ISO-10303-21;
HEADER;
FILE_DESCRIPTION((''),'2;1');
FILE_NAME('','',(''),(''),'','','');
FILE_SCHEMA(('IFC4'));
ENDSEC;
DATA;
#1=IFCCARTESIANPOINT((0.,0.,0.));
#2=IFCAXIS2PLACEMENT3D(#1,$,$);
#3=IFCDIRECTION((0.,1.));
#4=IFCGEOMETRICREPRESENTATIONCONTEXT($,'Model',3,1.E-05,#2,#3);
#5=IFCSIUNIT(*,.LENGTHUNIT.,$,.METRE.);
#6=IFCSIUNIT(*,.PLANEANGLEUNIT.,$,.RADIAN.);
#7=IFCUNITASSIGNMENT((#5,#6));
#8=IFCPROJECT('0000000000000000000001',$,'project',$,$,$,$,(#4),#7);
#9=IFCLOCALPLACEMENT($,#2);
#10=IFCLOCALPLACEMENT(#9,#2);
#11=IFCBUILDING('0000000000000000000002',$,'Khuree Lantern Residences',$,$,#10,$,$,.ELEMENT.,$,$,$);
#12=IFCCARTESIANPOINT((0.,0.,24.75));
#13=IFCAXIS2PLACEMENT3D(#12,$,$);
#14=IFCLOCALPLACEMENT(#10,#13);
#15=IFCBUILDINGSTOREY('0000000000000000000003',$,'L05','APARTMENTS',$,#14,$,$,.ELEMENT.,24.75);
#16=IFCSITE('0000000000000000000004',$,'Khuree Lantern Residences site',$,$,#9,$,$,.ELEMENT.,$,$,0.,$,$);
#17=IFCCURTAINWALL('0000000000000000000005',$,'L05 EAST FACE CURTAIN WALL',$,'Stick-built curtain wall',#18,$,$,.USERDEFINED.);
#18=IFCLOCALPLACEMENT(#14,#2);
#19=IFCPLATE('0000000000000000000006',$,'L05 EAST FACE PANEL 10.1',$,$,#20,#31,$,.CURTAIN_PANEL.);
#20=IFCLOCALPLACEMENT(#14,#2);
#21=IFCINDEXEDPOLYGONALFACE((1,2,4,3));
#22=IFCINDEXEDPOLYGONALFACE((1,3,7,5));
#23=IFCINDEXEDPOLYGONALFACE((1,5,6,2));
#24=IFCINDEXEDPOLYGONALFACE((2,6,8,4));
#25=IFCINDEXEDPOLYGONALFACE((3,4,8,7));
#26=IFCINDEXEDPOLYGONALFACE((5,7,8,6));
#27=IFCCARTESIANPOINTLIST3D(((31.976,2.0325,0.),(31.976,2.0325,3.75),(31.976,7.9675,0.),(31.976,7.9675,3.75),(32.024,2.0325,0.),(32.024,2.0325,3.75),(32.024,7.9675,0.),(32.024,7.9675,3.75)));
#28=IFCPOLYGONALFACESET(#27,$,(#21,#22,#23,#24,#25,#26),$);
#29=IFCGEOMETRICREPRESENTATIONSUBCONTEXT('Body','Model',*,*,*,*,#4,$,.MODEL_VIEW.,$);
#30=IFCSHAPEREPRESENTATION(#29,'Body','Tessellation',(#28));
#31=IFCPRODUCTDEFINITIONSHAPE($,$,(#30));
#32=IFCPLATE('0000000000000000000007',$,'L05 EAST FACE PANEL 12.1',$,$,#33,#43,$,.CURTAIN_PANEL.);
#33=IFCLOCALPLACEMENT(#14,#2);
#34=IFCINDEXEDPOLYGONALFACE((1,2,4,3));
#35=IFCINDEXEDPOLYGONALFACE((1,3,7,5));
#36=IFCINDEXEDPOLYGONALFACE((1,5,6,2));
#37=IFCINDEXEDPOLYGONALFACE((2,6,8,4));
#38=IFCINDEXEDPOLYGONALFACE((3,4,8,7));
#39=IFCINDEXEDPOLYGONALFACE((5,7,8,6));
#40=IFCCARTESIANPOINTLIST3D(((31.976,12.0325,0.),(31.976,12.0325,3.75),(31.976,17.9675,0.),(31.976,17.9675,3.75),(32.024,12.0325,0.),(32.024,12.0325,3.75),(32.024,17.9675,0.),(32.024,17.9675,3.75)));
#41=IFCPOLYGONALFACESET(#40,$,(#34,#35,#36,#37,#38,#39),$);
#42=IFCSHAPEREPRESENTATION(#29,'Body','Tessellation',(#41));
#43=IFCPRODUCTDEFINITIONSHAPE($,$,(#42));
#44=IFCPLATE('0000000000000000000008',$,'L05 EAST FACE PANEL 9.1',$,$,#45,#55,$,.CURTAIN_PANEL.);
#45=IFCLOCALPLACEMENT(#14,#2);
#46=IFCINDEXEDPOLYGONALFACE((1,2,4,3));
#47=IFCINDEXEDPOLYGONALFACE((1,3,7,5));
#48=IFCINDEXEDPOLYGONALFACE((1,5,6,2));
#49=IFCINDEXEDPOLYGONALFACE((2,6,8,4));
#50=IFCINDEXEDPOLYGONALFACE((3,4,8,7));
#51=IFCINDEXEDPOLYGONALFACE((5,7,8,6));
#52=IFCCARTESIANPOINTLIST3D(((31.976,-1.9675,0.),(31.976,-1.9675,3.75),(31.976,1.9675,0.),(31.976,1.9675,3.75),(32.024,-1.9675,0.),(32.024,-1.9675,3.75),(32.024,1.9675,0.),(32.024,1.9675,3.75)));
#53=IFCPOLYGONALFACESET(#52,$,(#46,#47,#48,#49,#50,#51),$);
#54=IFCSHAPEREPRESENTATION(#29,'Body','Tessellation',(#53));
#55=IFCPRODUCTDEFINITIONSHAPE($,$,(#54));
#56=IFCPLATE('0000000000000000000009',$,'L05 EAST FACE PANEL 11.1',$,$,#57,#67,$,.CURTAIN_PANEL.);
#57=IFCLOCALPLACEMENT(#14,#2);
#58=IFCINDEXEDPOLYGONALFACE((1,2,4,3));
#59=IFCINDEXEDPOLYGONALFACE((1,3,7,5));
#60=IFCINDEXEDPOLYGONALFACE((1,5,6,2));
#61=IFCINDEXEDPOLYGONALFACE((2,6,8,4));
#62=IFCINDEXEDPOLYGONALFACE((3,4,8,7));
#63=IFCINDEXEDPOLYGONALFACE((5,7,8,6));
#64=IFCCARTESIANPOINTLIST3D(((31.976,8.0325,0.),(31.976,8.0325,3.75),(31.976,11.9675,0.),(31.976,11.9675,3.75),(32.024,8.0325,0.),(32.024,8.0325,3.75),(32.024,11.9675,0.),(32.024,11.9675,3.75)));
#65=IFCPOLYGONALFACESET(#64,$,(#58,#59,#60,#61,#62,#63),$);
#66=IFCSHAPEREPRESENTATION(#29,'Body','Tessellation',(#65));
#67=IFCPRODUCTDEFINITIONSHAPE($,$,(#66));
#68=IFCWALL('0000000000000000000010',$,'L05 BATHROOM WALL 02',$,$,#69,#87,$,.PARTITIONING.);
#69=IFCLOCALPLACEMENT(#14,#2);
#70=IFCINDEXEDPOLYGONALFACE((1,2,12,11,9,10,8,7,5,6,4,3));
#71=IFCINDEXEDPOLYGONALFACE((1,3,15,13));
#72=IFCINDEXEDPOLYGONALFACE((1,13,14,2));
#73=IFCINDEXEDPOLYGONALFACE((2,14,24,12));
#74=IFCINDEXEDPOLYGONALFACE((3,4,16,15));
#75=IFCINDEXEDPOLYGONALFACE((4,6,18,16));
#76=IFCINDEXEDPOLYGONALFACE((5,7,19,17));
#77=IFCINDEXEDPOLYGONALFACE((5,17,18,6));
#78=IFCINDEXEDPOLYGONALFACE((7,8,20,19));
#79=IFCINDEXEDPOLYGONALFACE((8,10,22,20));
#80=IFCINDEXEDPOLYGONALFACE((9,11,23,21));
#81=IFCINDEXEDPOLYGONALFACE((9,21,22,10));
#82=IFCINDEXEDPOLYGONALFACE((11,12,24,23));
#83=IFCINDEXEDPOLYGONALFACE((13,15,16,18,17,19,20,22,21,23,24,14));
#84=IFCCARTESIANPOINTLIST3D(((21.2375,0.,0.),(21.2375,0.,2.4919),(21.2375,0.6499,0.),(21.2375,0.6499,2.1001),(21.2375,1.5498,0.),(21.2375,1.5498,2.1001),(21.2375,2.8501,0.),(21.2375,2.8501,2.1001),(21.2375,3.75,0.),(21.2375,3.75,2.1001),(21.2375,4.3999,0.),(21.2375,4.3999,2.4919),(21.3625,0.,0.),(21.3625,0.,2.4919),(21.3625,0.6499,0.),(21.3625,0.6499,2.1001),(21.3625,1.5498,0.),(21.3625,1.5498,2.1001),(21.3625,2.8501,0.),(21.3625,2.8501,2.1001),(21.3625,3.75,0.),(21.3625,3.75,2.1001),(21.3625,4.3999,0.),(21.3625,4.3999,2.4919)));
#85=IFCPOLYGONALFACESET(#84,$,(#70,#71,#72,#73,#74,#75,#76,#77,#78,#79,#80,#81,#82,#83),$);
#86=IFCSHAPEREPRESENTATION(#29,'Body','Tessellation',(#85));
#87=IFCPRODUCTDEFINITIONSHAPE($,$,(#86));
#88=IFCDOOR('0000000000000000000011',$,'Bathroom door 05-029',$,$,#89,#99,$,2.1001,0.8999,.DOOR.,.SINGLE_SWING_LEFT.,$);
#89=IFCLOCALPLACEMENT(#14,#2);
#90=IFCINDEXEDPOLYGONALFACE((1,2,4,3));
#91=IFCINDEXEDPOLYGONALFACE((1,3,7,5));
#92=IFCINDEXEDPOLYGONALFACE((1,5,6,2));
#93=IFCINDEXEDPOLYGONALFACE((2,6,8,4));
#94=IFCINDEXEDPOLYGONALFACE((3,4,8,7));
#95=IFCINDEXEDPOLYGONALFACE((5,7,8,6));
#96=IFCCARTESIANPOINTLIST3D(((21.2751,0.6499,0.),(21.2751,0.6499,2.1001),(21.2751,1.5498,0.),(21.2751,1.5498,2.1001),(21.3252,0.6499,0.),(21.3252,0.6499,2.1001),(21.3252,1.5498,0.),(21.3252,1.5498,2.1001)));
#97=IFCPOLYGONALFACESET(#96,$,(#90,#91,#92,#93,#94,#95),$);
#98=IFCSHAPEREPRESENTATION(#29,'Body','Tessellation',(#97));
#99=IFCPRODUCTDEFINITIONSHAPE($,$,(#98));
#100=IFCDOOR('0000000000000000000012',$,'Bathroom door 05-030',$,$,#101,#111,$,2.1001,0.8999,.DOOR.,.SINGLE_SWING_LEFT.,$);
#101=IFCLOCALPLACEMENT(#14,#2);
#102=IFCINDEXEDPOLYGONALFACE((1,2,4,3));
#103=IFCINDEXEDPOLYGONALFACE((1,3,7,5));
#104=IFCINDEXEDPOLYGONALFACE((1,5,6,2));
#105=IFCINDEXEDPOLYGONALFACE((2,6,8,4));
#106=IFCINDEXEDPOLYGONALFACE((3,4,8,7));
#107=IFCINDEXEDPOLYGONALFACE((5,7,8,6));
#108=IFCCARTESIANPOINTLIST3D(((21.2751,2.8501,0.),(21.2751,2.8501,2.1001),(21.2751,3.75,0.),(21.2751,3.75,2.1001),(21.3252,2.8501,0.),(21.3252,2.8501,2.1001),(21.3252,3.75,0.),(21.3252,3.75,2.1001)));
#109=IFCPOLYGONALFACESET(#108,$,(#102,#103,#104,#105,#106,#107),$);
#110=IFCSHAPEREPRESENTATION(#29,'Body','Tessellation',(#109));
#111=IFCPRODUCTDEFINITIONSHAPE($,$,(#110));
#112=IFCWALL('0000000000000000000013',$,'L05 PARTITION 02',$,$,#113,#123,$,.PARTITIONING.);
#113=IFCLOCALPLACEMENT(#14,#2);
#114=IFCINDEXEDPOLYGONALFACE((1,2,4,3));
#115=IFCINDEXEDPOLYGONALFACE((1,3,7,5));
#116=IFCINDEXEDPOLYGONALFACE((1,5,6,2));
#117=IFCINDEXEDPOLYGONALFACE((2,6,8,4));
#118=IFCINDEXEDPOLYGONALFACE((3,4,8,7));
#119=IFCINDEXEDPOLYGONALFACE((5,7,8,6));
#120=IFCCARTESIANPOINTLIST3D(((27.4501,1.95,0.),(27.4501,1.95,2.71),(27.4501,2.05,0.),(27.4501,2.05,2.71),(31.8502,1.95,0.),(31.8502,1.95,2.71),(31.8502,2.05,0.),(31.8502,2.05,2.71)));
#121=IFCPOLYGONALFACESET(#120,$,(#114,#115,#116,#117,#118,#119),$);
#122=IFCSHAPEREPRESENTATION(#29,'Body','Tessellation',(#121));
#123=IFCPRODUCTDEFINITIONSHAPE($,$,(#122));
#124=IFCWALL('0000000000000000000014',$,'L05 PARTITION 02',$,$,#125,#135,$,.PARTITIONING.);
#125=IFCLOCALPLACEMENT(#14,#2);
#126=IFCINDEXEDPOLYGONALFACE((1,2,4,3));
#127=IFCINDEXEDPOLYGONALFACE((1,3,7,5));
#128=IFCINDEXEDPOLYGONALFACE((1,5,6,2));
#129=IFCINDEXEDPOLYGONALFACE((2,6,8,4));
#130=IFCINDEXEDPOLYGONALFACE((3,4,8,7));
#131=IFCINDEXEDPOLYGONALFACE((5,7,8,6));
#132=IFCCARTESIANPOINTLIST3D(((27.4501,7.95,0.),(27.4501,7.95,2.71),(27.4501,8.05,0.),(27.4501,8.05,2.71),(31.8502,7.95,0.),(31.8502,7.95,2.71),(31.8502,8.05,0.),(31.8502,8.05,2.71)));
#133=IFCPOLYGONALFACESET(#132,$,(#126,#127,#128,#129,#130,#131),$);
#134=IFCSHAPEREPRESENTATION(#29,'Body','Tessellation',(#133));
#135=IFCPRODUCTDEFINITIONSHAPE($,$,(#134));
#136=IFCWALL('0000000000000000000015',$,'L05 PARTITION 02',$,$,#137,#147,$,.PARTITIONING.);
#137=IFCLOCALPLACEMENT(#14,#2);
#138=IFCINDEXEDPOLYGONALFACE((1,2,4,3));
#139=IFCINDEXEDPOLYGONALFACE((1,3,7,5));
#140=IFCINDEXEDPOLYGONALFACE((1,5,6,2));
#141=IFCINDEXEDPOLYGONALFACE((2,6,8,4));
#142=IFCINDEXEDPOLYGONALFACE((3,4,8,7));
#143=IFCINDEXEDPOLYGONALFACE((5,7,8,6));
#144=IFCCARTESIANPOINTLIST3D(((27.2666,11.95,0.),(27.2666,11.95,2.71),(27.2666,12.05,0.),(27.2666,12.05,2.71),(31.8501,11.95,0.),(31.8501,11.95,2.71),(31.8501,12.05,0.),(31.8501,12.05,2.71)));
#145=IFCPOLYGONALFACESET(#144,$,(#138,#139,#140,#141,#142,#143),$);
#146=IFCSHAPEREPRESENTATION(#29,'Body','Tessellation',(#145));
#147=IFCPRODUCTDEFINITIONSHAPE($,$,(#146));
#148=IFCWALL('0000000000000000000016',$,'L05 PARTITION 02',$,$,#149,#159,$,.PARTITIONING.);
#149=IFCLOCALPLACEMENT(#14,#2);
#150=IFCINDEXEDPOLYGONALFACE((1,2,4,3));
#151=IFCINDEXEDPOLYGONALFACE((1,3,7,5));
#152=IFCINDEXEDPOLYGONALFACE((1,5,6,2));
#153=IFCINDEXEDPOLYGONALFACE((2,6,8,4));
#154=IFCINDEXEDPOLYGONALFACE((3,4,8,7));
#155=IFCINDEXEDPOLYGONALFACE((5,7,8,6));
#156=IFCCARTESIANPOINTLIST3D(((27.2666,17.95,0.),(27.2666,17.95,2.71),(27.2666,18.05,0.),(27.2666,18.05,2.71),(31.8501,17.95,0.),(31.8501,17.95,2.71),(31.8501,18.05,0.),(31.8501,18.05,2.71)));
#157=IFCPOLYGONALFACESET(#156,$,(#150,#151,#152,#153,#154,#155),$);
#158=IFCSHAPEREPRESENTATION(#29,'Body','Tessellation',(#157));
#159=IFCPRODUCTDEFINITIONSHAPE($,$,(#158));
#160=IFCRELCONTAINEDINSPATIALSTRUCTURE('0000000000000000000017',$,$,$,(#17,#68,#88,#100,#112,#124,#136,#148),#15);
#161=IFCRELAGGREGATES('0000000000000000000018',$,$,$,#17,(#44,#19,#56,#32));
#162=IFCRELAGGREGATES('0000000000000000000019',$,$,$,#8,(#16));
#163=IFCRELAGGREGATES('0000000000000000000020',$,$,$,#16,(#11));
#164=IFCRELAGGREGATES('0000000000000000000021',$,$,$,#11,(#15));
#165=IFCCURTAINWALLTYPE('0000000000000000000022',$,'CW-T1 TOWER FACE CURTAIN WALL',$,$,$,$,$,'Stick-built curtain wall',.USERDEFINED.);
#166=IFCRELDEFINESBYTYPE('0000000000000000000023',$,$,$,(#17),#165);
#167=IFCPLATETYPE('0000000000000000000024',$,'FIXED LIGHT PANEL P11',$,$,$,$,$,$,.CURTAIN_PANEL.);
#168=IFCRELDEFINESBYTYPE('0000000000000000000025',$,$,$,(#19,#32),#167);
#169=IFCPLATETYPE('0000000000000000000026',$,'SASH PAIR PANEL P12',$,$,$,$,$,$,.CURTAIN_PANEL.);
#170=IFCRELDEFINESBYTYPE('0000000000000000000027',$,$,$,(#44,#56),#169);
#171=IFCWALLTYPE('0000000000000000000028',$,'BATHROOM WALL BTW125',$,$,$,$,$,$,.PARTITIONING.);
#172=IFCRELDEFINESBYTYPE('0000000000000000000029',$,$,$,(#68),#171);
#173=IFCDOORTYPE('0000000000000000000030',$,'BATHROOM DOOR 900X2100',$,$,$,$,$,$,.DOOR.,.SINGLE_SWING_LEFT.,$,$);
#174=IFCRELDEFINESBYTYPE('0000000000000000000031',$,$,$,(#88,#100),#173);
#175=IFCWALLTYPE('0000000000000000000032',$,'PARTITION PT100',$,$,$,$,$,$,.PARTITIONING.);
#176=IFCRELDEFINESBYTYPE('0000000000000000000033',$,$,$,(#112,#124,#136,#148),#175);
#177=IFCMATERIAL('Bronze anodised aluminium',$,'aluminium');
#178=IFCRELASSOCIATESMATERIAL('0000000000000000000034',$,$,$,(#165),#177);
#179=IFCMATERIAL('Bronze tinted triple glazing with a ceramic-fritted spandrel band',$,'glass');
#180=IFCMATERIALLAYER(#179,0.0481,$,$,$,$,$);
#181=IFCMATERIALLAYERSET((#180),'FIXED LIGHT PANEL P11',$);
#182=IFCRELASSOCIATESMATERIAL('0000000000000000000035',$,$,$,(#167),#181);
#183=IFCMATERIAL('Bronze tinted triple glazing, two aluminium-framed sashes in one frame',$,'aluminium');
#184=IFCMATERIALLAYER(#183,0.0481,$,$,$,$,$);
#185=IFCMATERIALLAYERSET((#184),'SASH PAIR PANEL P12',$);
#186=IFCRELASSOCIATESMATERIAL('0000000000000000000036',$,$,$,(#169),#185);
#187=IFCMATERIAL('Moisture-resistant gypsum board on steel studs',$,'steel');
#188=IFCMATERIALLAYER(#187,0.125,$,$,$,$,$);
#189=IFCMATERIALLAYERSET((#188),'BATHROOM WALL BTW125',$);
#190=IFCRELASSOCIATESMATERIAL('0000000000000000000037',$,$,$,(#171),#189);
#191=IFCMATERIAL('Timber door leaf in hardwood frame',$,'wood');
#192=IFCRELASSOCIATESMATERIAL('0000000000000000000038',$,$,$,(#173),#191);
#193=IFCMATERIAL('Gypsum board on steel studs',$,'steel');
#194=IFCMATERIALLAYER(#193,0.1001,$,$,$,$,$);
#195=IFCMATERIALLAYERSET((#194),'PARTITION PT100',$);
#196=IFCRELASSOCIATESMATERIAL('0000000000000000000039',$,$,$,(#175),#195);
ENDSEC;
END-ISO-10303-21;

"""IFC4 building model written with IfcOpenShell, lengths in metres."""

from ifc_helpers import new_model, si_unit, direction, frame, frame_2d, origin, origin_2d, place, context, subcontext, project, spatial, rectangle, extrude, material, layer, layer_set, type_object, element, fill, aggregate, save


model = new_model("IFC4")

# Units and contexts
model_context = context("Model", 3, precision=1e-05, world=origin(), true_north=direction((0.0, 1.0)))
body_context = subcontext(model_context, "Body", "Model", "MODEL_VIEW")
ifc_project = project(units=[si_unit("LENGTHUNIT", "METRE"), si_unit("PLANEANGLEUNIT", "RADIAN")], contexts=[model_context])

# Site, building, storey
site_placement = place(None, origin())
site = spatial("IfcSite", under=ifc_project, at=site_placement, Name="Khuree Lantern Residences site", CompositionType="ELEMENT", RefElevation=0.0)
building_placement = place(site_placement, origin())
building = spatial("IfcBuilding", under=site, at=building_placement, Name="Khuree Lantern Residences", CompositionType="ELEMENT")
storey_placement = place(building_placement, frame((0.0, 0.0, 24.75)))
storey = spatial("IfcBuildingStorey", under=building, at=storey_placement, Name="L05", Description="APARTMENTS", CompositionType="ELEMENT", Elevation=24.75)

# Curtain wall
ifc_material_1 = material(Name="Bronze anodised aluminium", Category="aluminium")
curtain_wall_type = type_object("IfcCurtainWallType", Name="CW-T1 TOWER FACE CURTAIN WALL", ElementType="Stick-built curtain wall", PredefinedType="USERDEFINED", material=ifc_material_1)
curtain_wall_placement = place(storey_placement, origin())
curtain_wall = element("IfcCurtainWall", 1, at=curtain_wall_placement, inside=storey, type_object=curtain_wall_type, Name="L05 EAST FACE CURTAIN WALL", ObjectType="Stick-built curtain wall", PredefinedType="USERDEFINED")

# Plates
ifc_material_2 = material(Name="Bronze tinted triple glazing with a ceramic-fritted spandrel band", Category="glass")
ifc_layer_1 = layer(ifc_material_2, 0.0481)
ifc_layer_set_1 = layer_set([ifc_layer_1], Name="FIXED LIGHT PANEL P11")
plate_type_1 = type_object("IfcPlateType", Name="FIXED LIGHT PANEL P11", PredefinedType="CURTAIN_PANEL", material=ifc_layer_set_1)
plate_1_placement = place(storey_placement, frame((32.0, 5.0, 0.0), z_axis=(0.0, 0.0, 1.0), x_axis=(0.0, 1.0, 0.0)))
plate_1 = element("IfcPlate", 2, at=plate_1_placement, type_object=plate_type_1, Name="L05 EAST FACE PANEL 10.1", PredefinedType="CURTAIN_PANEL", context=body_context, shape_type="SweptSolid", body=[
    extrude(rectangle(XDim=5.9351, YDim=0.0481, at=origin_2d()), origin(), (0.0, 0.0, 1.0), 3.75),
])
plate_2_placement = place(storey_placement, frame((32.0, 15.0, 0.0), z_axis=(0.0, 0.0, 1.0), x_axis=(0.0, 1.0, 0.0)))
plate_2 = element("IfcPlate", 3, at=plate_2_placement, type_object=plate_type_1, Name="L05 EAST FACE PANEL 12.1", PredefinedType="CURTAIN_PANEL", context=body_context, shape_type="SweptSolid", body=[
    extrude(rectangle(XDim=5.9351, YDim=0.0481, at=origin_2d()), origin(), (0.0, 0.0, 1.0), 3.75),
])
ifc_material_3 = material(Name="Bronze tinted triple glazing, two aluminium-framed sashes in one frame", Category="aluminium")
ifc_layer_2 = layer(ifc_material_3, 0.0481)
ifc_layer_set_2 = layer_set([ifc_layer_2], Name="SASH PAIR PANEL P12")
plate_type_2 = type_object("IfcPlateType", Name="SASH PAIR PANEL P12", PredefinedType="CURTAIN_PANEL", material=ifc_layer_set_2)
plate_3_placement = place(storey_placement, frame((32.0, 0.0, 0.0), z_axis=(0.0, 0.0, 1.0), x_axis=(0.0, 1.0, 0.0)))
plate_3 = element("IfcPlate", 4, at=plate_3_placement, type_object=plate_type_2, Name="L05 EAST FACE PANEL 9.1", PredefinedType="CURTAIN_PANEL", context=body_context, shape_type="SweptSolid", body=[
    extrude(rectangle(XDim=3.9351, YDim=0.0481, at=origin_2d()), origin(), (0.0, 0.0, 1.0), 3.75),
])
plate_4_placement = place(storey_placement, frame((32.0, 10.0, 0.0), z_axis=(0.0, 0.0, 1.0), x_axis=(0.0, 1.0, 0.0)))
plate_4 = element("IfcPlate", 5, at=plate_4_placement, type_object=plate_type_2, Name="L05 EAST FACE PANEL 11.1", PredefinedType="CURTAIN_PANEL", context=body_context, shape_type="SweptSolid", body=[
    extrude(rectangle(XDim=3.9351, YDim=0.0481, at=origin_2d()), origin(), (0.0, 0.0, 1.0), 3.75),
])
aggregate(curtain_wall, [plate_3, plate_1, plate_4, plate_2])

# Wall, openings, doors
ifc_material_4 = material(Name="Moisture-resistant gypsum board on steel studs", Category="steel")
ifc_layer_3 = layer(ifc_material_4, 0.125)
ifc_layer_set_3 = layer_set([ifc_layer_3], Name="BATHROOM WALL BTW125")
wall_type_1 = type_object("IfcWallType", Name="BATHROOM WALL BTW125", PredefinedType="PARTITIONING", material=ifc_layer_set_3)
wall_1_placement = place(storey_placement, frame((21.3, 0.0, 0.0), z_axis=(0.0, 0.0, 1.0), x_axis=(0.0, 1.0, 0.0)))
wall_1 = element("IfcWall", 6, at=wall_1_placement, inside=storey, type_object=wall_type_1, Name="L05 BATHROOM WALL 02", PredefinedType="PARTITIONING", context=body_context, shape_type="SweptSolid", body=[
    extrude(rectangle(XDim=4.3999, YDim=0.125, at=frame_2d((2.2, 0.0))), origin(), (0.0, 0.0, 1.0), 2.4919),
])
opening_1_placement = place(wall_1_placement, frame((0.6499, 0.0, 0.0)))
opening_1 = element("IfcOpeningElement", 7, at=opening_1_placement, cuts=wall_1, PredefinedType="OPENING", context=body_context, shape_type="SweptSolid", body=[
    extrude(rectangle(XDim=0.8999, YDim=2.1001, at=frame_2d((0.45, 1.05))), frame((0.0, 0.0725, 0.0), z_axis=(0.0, -1.0, 0.0), x_axis=(1.0, 0.0, 0.0)), (0.0, 0.0, 1.0), 0.145),
])
opening_2_placement = place(wall_1_placement, frame((2.8501, 0.0, 0.0)))
opening_2 = element("IfcOpeningElement", 8, at=opening_2_placement, cuts=wall_1, PredefinedType="OPENING", context=body_context, shape_type="SweptSolid", body=[
    extrude(rectangle(XDim=0.8999, YDim=2.1001, at=frame_2d((0.45, 1.05))), frame((0.0, 0.0725, 0.0), z_axis=(0.0, -1.0, 0.0), x_axis=(1.0, 0.0, 0.0)), (0.0, 0.0, 1.0), 0.145),
])
ifc_material_5 = material(Name="Timber door leaf in hardwood frame", Category="wood")
door_type_1 = type_object("IfcDoorType", Name="BATHROOM DOOR 900X2100", OperationType="SINGLE_SWING_LEFT", PredefinedType="DOOR", material=ifc_material_5)
door_1_placement = place(opening_1_placement, origin())
door_1 = element("IfcDoor", 9, at=door_1_placement, inside=storey, type_object=door_type_1, Name="Bathroom door 05-029", OperationType="SINGLE_SWING_LEFT", OverallHeight=2.1001, OverallWidth=0.8999, PredefinedType="DOOR", context=body_context, shape_type="SweptSolid", body=[
    extrude(rectangle(XDim=0.8999, YDim=2.1001, at=frame_2d((0.45, 1.05))), frame((0.0, 0.0249, 0.0), z_axis=(0.0, -1.0, 0.0), x_axis=(1.0, 0.0, 0.0)), (0.0, 0.0, 1.0), 0.05),
])
fill(opening_1, door_1)
door_2_placement = place(opening_2_placement, origin())
door_2 = element("IfcDoor", 10, at=door_2_placement, inside=storey, type_object=door_type_1, Name="Bathroom door 05-030", OperationType="SINGLE_SWING_LEFT", OverallHeight=2.1001, OverallWidth=0.8999, PredefinedType="DOOR", context=body_context, shape_type="SweptSolid", body=[
    extrude(rectangle(XDim=0.8999, YDim=2.1001, at=frame_2d((0.45, 1.05))), frame((0.0, 0.0249, 0.0), z_axis=(0.0, -1.0, 0.0), x_axis=(1.0, 0.0, 0.0)), (0.0, 0.0, 1.0), 0.05),
])
fill(opening_2, door_2)

# Walls
ifc_material_6 = material(Name="Gypsum board on steel studs", Category="steel")
ifc_layer_4 = layer(ifc_material_6, 0.1001)
ifc_layer_set_4 = layer_set([ifc_layer_4], Name="PARTITION PT100")
wall_type_2 = type_object("IfcWallType", Name="PARTITION PT100", PredefinedType="PARTITIONING", material=ifc_layer_set_4)
for number, where, z_axis, x_axis, name in (
    (11, (27.45, 2.0, 0.0), (0.0, 0.0, 1.0), (1.0, 0.0, 0.0), "L05 PARTITION 02"),
    (12, (27.45, 8.0, 0.0), (0.0, 0.0, 1.0), (1.0, 0.0, 0.0), "L05 PARTITION 02"),
):
    element("IfcWall", number, at=place(storey_placement, frame(where, z_axis=z_axis, x_axis=x_axis)), inside=storey, type_object=wall_type_2, Name=name, PredefinedType="PARTITIONING", context=body_context, shape_type="SweptSolid", body=[
        extrude(rectangle(XDim=4.4001, YDim=0.1001, at=frame_2d((2.2002, 0.0))), origin(), (0.0, 0.0, 1.0), 2.71),
    ])
for number, where, z_axis, x_axis, name in (
    (13, (27.2666, 12.0, 0.0), (0.0, 0.0, 1.0), (1.0, 0.0, 0.0), "L05 PARTITION 02"),
    (14, (27.2666, 18.0, 0.0), (0.0, 0.0, 1.0), (1.0, 0.0, 0.0), "L05 PARTITION 02"),
):
    element("IfcWall", number, at=place(storey_placement, frame(where, z_axis=z_axis, x_axis=x_axis)), inside=storey, type_object=wall_type_2, Name=name, PredefinedType="PARTITIONING", context=body_context, shape_type="SweptSolid", body=[
        extrude(rectangle(XDim=4.5835, YDim=0.1001, at=frame_2d((2.2917, 0.0))), origin(), (0.0, 0.0, 1.0), 2.71),
    ])

save(model, "model.ifc")
